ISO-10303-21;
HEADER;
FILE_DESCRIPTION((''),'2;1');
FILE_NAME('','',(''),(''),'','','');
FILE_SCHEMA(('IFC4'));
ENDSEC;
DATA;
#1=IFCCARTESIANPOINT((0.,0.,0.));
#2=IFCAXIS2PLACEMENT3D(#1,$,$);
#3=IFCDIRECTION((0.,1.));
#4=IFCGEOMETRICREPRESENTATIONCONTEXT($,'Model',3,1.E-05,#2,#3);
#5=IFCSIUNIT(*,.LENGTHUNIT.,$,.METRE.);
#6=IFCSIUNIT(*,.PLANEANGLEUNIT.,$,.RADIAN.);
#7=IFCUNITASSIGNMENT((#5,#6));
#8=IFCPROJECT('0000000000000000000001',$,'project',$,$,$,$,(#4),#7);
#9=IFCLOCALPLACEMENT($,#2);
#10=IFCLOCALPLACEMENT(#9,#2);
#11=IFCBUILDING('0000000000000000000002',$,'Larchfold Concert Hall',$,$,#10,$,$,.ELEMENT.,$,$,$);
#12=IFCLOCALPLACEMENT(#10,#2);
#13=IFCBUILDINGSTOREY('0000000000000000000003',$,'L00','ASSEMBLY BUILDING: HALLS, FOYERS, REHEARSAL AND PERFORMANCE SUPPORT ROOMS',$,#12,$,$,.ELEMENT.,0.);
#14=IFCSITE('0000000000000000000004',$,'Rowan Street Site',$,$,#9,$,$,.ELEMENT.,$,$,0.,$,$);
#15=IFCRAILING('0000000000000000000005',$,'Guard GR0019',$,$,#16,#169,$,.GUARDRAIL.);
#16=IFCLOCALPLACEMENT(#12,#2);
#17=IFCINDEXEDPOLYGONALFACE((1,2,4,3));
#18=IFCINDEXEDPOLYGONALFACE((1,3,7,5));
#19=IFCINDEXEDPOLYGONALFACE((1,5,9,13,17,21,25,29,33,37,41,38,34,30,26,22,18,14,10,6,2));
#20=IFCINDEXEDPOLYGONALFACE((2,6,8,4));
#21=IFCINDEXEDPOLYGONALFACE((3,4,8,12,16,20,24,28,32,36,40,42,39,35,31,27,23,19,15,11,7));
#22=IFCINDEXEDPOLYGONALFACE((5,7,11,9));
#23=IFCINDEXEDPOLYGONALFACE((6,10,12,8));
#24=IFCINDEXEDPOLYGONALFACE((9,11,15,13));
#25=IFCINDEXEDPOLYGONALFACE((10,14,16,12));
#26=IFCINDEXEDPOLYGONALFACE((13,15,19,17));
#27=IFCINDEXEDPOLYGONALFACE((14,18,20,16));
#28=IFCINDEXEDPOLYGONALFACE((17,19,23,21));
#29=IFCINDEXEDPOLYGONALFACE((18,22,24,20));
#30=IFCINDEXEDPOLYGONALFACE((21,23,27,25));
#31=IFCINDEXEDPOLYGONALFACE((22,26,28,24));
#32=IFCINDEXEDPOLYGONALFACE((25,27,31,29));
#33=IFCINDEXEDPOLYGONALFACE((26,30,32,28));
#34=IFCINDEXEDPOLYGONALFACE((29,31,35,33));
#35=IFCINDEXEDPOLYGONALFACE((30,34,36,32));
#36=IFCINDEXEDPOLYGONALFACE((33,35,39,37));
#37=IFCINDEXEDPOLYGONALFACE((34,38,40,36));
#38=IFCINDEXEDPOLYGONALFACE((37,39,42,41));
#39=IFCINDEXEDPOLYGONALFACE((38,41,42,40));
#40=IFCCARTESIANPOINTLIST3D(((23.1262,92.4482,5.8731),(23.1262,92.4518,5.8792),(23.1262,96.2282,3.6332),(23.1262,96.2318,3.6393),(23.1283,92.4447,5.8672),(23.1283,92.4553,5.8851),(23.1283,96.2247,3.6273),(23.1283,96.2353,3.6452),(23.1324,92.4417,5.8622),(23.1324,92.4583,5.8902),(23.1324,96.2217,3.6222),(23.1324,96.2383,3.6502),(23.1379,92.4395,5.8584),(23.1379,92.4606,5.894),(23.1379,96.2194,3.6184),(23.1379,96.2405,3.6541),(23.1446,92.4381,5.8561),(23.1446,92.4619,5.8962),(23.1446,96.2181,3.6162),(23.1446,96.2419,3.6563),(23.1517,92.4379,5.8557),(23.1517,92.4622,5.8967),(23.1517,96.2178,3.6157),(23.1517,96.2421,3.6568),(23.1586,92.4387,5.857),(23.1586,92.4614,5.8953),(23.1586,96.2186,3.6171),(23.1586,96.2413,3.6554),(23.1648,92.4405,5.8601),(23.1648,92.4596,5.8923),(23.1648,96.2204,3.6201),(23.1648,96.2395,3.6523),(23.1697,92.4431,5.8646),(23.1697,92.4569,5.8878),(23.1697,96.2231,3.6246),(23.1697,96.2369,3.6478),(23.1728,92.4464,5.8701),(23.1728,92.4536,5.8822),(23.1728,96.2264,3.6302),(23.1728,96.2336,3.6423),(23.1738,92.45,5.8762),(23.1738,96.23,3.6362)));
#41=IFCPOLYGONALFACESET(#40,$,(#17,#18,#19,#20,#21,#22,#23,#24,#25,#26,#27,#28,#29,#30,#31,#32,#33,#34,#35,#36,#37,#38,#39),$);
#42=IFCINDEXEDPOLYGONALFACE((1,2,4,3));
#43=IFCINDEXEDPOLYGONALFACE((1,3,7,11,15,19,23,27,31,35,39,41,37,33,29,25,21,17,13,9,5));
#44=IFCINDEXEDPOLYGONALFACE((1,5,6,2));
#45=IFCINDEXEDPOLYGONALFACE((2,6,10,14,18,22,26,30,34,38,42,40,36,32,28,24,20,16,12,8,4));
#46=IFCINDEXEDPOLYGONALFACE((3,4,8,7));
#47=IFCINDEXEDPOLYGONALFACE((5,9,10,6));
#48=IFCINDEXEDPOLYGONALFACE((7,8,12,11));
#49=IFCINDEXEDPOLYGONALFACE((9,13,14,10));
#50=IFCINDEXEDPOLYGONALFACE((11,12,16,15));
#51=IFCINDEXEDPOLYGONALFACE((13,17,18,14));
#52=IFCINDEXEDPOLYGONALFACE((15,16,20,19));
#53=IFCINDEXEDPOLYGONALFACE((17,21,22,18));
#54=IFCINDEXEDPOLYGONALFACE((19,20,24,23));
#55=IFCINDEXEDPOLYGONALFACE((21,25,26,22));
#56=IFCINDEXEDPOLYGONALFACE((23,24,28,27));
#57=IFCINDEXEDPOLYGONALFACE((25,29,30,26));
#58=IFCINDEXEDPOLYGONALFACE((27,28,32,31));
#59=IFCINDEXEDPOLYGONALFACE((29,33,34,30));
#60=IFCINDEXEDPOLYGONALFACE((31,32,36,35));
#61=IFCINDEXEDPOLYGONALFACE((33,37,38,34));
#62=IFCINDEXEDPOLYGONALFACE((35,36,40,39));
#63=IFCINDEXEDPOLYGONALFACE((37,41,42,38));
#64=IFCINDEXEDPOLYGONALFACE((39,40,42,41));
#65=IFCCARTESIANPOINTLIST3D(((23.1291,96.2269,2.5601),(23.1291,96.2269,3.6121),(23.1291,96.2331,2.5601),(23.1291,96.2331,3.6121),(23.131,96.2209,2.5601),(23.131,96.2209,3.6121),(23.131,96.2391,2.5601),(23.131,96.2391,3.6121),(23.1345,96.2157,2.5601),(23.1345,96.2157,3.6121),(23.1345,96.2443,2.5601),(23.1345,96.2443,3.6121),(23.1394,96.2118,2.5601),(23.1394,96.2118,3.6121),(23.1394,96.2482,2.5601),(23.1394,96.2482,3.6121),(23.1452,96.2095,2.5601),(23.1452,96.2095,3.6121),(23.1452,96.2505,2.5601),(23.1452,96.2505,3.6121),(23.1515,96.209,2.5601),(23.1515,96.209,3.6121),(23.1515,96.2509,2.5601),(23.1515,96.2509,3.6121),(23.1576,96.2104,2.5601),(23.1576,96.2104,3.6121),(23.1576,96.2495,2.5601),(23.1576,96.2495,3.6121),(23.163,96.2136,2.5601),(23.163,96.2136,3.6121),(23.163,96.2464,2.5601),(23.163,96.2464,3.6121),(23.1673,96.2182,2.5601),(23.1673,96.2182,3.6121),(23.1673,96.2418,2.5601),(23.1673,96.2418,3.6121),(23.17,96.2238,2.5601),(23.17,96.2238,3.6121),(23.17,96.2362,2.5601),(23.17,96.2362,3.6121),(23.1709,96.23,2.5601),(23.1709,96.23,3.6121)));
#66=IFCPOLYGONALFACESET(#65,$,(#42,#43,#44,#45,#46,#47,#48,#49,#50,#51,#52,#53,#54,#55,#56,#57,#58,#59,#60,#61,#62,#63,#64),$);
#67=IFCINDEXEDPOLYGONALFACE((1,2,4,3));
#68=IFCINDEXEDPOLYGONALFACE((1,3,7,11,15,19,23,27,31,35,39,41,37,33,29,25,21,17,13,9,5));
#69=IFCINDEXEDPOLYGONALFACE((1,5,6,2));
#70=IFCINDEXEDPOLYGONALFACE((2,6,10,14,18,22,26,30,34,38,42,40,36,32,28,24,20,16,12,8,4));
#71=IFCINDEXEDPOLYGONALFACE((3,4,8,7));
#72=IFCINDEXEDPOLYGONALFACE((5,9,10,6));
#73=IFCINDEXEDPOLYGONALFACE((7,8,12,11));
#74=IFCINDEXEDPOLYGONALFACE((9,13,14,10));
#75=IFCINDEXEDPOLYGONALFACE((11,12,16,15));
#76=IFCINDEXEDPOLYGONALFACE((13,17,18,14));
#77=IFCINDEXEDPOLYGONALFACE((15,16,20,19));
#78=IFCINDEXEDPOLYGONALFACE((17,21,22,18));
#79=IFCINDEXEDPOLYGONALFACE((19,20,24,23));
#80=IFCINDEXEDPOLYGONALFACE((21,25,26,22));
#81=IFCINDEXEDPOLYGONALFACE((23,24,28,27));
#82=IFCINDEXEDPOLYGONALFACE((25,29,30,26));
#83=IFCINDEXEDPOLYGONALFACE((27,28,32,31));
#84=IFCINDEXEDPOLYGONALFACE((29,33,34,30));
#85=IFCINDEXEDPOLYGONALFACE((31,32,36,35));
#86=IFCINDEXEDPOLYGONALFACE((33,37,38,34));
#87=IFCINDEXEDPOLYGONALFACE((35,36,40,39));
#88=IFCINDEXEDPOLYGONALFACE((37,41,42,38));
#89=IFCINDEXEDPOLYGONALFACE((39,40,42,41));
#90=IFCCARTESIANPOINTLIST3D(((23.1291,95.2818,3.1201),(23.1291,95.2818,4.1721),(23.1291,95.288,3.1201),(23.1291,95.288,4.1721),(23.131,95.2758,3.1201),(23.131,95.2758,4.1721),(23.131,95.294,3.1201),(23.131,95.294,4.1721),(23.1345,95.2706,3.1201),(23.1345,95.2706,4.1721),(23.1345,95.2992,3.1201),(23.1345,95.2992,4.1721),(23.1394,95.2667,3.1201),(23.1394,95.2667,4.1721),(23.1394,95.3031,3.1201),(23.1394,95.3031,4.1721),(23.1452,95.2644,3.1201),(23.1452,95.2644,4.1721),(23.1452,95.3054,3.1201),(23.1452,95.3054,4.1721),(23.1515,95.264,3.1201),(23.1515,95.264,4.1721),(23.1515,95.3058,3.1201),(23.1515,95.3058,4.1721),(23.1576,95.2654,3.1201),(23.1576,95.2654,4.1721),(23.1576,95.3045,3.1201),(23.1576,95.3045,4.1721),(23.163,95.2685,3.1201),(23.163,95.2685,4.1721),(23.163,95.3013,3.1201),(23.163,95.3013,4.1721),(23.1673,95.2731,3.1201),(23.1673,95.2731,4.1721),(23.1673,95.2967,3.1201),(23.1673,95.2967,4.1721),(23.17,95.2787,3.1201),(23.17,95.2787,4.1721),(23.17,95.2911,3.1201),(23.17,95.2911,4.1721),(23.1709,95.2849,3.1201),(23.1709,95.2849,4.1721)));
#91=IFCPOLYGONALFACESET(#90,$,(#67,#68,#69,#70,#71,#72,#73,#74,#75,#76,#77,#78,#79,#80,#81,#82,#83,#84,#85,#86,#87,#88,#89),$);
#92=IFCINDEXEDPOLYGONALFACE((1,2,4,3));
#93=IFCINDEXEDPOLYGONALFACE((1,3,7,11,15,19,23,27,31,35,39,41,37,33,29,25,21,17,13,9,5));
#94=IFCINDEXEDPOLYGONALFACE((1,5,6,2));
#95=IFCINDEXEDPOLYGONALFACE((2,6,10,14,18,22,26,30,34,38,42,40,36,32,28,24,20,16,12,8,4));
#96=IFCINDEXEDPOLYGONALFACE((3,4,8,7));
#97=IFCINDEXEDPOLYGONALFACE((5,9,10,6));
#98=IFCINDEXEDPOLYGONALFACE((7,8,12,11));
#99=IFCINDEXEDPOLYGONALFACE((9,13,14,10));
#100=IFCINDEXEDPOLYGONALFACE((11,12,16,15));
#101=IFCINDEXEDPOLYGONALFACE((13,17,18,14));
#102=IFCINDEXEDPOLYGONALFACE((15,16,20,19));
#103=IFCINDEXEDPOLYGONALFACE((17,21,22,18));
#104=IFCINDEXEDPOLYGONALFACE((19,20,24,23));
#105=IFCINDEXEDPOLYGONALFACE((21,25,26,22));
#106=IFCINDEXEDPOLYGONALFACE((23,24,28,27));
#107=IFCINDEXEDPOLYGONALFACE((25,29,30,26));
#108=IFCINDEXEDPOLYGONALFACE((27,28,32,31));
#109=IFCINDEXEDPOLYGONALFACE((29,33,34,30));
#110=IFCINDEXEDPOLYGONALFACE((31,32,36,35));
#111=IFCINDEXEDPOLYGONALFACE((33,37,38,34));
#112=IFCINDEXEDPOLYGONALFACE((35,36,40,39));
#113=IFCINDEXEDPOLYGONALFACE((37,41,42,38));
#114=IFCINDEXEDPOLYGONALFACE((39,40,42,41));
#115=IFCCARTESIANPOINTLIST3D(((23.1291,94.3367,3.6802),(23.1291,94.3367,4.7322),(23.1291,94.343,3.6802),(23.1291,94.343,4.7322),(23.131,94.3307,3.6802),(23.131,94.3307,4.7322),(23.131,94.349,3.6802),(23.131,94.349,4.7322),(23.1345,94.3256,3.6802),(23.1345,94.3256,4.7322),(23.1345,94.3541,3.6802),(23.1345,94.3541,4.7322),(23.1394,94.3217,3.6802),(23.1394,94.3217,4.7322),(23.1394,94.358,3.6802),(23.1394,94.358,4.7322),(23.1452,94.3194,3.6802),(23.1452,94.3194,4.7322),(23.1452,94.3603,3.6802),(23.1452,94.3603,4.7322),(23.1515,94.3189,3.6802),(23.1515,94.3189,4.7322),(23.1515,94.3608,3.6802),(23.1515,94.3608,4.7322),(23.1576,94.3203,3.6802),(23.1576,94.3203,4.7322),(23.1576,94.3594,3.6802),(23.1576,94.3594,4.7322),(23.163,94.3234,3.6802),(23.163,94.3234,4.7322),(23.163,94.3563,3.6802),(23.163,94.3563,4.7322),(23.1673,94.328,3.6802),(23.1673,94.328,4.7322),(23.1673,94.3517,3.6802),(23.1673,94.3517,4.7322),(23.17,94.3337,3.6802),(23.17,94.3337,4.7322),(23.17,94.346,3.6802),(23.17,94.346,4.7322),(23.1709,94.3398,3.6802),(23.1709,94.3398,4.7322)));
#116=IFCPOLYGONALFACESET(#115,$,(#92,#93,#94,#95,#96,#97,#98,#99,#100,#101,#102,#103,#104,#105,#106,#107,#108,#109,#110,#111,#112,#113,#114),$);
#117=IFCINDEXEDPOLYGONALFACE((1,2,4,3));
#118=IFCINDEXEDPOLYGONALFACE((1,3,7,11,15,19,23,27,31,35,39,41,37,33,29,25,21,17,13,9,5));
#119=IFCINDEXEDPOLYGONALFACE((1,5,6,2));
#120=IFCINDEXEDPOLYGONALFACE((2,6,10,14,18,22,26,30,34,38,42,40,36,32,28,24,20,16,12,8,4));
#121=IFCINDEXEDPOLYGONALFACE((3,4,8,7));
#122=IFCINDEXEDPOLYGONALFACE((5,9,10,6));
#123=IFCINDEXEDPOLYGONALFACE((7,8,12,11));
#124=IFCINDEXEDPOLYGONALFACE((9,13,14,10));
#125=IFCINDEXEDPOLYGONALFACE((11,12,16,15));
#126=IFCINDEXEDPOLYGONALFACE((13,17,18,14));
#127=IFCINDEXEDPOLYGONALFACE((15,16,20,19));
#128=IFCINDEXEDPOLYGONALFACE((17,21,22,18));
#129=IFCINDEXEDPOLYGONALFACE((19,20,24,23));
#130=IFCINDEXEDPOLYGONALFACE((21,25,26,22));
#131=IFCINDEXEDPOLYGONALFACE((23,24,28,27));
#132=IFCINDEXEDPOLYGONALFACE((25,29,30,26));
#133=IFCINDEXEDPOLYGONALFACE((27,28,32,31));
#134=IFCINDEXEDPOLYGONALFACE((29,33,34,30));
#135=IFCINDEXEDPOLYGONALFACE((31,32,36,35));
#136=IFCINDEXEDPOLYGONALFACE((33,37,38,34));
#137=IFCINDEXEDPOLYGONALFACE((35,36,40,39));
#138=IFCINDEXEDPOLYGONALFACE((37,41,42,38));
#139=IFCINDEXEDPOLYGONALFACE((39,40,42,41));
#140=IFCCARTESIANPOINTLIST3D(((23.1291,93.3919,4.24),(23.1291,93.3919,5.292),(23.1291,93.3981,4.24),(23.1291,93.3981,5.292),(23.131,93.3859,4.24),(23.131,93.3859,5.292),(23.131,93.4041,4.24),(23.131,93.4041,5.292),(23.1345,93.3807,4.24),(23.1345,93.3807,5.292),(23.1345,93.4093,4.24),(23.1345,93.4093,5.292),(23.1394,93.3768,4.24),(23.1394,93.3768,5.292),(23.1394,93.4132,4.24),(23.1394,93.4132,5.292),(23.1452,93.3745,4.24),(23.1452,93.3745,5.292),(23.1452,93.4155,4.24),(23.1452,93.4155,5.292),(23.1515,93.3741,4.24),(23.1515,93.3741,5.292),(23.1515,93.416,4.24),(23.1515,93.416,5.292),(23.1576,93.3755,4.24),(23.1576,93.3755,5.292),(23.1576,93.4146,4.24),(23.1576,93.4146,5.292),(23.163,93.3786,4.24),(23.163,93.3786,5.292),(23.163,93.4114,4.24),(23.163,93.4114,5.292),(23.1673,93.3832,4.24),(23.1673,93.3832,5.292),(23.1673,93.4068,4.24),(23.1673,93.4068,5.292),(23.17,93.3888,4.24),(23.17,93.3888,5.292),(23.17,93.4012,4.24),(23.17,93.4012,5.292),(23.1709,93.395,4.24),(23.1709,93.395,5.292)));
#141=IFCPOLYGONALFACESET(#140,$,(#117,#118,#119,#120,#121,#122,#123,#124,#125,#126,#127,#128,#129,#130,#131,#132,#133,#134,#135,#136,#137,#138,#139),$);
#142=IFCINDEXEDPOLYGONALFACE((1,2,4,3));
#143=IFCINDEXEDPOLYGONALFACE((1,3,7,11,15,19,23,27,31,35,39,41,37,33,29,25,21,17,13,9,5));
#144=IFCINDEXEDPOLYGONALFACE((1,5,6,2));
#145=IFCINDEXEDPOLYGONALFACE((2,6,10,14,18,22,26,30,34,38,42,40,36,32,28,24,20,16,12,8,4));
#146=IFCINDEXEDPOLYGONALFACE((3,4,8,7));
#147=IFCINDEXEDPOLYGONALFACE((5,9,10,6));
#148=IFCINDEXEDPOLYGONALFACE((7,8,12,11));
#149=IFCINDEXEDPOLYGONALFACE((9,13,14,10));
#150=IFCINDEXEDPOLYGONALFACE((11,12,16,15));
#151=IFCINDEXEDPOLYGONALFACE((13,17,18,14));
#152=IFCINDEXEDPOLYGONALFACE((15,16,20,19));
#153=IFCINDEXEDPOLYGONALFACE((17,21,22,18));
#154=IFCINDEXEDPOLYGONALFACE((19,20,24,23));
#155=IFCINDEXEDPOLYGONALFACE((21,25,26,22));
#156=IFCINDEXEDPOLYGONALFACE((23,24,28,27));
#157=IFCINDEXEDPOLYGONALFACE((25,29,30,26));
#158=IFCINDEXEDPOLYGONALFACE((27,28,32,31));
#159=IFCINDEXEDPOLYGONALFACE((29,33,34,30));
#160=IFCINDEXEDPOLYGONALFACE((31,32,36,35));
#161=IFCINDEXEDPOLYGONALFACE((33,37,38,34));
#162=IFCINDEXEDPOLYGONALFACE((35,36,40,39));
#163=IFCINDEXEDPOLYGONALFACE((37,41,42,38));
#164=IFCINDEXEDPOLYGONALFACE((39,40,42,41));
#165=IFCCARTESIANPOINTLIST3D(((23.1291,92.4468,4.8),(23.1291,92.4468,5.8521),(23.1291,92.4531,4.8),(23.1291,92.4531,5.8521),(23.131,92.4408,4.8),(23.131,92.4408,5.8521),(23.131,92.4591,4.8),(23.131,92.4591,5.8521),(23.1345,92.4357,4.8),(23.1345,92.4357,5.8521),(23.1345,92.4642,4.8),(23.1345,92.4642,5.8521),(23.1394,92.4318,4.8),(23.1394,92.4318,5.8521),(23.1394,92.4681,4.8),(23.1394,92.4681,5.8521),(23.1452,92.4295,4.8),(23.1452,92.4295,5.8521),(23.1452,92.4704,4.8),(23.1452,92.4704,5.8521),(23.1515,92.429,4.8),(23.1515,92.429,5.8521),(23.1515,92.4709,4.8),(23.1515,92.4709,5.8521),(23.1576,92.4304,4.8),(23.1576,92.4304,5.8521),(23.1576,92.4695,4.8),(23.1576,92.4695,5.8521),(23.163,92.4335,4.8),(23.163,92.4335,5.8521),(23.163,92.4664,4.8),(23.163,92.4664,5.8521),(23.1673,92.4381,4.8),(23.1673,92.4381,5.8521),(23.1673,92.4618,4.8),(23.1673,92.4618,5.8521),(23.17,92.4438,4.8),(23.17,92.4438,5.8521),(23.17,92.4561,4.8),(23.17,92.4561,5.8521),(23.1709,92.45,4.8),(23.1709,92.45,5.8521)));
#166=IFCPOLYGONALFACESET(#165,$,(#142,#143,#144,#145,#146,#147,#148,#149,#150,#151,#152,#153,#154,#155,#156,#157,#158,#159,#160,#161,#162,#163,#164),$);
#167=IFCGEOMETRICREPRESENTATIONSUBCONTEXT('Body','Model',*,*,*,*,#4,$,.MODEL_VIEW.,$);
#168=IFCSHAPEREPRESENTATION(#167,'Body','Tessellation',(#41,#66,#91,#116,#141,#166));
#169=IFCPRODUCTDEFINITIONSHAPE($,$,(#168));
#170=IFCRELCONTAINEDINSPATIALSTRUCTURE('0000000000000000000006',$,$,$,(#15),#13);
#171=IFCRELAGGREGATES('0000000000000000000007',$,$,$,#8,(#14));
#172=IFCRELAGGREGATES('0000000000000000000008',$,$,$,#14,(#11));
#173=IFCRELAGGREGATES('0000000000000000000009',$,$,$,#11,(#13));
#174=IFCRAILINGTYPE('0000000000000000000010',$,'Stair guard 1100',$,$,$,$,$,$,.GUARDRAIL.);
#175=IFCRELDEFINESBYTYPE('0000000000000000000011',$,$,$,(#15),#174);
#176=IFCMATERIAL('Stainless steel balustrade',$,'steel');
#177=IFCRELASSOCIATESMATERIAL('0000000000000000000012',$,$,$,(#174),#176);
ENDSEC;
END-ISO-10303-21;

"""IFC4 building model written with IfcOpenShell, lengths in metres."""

from ifc_helpers import new_model, si_unit, direction, frame, origin, origin_2d, place, context, subcontext, project, spatial, circle, extrude, material, type_object, element, save


model = new_model("IFC4")

# Units and contexts
model_context = context("Model", 3, precision=1e-05, world=origin(), true_north=direction((0.0, 1.0)))
body_context = subcontext(model_context, "Body", "Model", "MODEL_VIEW")
ifc_project = project(units=[si_unit("LENGTHUNIT", "METRE"), si_unit("PLANEANGLEUNIT", "RADIAN")], contexts=[model_context])

# Site, building, storey
site_placement = place(None, origin())
site = spatial("IfcSite", under=ifc_project, at=site_placement, Name="Rowan Street Site", CompositionType="ELEMENT", RefElevation=0.0)
building_placement = place(site_placement, origin())
building = spatial("IfcBuilding", under=site, at=building_placement, Name="Larchfold Concert Hall", CompositionType="ELEMENT")
storey_placement = place(building_placement, origin())
storey = spatial("IfcBuildingStorey", under=building, at=storey_placement, Name="L00", Description="ASSEMBLY BUILDING: HALLS, FOYERS, REHEARSAL AND PERFORMANCE SUPPORT ROOMS", CompositionType="ELEMENT", Elevation=0.0)

# Railing
ifc_material_1 = material(Name="Stainless steel balustrade", Category="steel")
railing_type_1 = type_object("IfcRailingType", Name="Stair guard 1100", PredefinedType="GUARDRAIL", material=ifc_material_1)
railing_1_placement = place(storey_placement, frame((23.1499, 96.23, 2.5601)))
element("IfcRailing", 1, at=railing_1_placement, inside=storey, type_object=railing_type_1, Name="Guard GR0019", PredefinedType="GUARDRAIL", context=body_context, shape_type="SweptSolid", body=[
    extrude(circle(Radius=0.0239, at=origin_2d()), frame((0.0, 0.0, 1.0762), z_axis=(0.0, -0.860294, 0.509798), x_axis=(1.0, 0.0, 0.0)), (0.0, 0.0, 1.0), 4.3938),
    extrude(circle(Radius=0.021, at=origin_2d()), origin(), (0.0, 0.0, 1.0), 1.052),
    extrude(circle(Radius=0.021, at=origin_2d()), frame((0.0, -0.9451, 0.5601)), (0.0, 0.0, 1.0), 1.052),
    extrude(circle(Radius=0.021, at=origin_2d()), frame((0.0, -1.8901, 1.1201)), (0.0, 0.0, 1.0), 1.052),
    extrude(circle(Radius=0.021, at=origin_2d()), frame((0.0, -2.835, 1.6799)), (0.0, 0.0, 1.0), 1.052),
    extrude(circle(Radius=0.021, at=origin_2d()), frame((0.0, -3.78, 2.24)), (0.0, 0.0, 1.0), 1.052),
])

save(model, "model.ifc")
